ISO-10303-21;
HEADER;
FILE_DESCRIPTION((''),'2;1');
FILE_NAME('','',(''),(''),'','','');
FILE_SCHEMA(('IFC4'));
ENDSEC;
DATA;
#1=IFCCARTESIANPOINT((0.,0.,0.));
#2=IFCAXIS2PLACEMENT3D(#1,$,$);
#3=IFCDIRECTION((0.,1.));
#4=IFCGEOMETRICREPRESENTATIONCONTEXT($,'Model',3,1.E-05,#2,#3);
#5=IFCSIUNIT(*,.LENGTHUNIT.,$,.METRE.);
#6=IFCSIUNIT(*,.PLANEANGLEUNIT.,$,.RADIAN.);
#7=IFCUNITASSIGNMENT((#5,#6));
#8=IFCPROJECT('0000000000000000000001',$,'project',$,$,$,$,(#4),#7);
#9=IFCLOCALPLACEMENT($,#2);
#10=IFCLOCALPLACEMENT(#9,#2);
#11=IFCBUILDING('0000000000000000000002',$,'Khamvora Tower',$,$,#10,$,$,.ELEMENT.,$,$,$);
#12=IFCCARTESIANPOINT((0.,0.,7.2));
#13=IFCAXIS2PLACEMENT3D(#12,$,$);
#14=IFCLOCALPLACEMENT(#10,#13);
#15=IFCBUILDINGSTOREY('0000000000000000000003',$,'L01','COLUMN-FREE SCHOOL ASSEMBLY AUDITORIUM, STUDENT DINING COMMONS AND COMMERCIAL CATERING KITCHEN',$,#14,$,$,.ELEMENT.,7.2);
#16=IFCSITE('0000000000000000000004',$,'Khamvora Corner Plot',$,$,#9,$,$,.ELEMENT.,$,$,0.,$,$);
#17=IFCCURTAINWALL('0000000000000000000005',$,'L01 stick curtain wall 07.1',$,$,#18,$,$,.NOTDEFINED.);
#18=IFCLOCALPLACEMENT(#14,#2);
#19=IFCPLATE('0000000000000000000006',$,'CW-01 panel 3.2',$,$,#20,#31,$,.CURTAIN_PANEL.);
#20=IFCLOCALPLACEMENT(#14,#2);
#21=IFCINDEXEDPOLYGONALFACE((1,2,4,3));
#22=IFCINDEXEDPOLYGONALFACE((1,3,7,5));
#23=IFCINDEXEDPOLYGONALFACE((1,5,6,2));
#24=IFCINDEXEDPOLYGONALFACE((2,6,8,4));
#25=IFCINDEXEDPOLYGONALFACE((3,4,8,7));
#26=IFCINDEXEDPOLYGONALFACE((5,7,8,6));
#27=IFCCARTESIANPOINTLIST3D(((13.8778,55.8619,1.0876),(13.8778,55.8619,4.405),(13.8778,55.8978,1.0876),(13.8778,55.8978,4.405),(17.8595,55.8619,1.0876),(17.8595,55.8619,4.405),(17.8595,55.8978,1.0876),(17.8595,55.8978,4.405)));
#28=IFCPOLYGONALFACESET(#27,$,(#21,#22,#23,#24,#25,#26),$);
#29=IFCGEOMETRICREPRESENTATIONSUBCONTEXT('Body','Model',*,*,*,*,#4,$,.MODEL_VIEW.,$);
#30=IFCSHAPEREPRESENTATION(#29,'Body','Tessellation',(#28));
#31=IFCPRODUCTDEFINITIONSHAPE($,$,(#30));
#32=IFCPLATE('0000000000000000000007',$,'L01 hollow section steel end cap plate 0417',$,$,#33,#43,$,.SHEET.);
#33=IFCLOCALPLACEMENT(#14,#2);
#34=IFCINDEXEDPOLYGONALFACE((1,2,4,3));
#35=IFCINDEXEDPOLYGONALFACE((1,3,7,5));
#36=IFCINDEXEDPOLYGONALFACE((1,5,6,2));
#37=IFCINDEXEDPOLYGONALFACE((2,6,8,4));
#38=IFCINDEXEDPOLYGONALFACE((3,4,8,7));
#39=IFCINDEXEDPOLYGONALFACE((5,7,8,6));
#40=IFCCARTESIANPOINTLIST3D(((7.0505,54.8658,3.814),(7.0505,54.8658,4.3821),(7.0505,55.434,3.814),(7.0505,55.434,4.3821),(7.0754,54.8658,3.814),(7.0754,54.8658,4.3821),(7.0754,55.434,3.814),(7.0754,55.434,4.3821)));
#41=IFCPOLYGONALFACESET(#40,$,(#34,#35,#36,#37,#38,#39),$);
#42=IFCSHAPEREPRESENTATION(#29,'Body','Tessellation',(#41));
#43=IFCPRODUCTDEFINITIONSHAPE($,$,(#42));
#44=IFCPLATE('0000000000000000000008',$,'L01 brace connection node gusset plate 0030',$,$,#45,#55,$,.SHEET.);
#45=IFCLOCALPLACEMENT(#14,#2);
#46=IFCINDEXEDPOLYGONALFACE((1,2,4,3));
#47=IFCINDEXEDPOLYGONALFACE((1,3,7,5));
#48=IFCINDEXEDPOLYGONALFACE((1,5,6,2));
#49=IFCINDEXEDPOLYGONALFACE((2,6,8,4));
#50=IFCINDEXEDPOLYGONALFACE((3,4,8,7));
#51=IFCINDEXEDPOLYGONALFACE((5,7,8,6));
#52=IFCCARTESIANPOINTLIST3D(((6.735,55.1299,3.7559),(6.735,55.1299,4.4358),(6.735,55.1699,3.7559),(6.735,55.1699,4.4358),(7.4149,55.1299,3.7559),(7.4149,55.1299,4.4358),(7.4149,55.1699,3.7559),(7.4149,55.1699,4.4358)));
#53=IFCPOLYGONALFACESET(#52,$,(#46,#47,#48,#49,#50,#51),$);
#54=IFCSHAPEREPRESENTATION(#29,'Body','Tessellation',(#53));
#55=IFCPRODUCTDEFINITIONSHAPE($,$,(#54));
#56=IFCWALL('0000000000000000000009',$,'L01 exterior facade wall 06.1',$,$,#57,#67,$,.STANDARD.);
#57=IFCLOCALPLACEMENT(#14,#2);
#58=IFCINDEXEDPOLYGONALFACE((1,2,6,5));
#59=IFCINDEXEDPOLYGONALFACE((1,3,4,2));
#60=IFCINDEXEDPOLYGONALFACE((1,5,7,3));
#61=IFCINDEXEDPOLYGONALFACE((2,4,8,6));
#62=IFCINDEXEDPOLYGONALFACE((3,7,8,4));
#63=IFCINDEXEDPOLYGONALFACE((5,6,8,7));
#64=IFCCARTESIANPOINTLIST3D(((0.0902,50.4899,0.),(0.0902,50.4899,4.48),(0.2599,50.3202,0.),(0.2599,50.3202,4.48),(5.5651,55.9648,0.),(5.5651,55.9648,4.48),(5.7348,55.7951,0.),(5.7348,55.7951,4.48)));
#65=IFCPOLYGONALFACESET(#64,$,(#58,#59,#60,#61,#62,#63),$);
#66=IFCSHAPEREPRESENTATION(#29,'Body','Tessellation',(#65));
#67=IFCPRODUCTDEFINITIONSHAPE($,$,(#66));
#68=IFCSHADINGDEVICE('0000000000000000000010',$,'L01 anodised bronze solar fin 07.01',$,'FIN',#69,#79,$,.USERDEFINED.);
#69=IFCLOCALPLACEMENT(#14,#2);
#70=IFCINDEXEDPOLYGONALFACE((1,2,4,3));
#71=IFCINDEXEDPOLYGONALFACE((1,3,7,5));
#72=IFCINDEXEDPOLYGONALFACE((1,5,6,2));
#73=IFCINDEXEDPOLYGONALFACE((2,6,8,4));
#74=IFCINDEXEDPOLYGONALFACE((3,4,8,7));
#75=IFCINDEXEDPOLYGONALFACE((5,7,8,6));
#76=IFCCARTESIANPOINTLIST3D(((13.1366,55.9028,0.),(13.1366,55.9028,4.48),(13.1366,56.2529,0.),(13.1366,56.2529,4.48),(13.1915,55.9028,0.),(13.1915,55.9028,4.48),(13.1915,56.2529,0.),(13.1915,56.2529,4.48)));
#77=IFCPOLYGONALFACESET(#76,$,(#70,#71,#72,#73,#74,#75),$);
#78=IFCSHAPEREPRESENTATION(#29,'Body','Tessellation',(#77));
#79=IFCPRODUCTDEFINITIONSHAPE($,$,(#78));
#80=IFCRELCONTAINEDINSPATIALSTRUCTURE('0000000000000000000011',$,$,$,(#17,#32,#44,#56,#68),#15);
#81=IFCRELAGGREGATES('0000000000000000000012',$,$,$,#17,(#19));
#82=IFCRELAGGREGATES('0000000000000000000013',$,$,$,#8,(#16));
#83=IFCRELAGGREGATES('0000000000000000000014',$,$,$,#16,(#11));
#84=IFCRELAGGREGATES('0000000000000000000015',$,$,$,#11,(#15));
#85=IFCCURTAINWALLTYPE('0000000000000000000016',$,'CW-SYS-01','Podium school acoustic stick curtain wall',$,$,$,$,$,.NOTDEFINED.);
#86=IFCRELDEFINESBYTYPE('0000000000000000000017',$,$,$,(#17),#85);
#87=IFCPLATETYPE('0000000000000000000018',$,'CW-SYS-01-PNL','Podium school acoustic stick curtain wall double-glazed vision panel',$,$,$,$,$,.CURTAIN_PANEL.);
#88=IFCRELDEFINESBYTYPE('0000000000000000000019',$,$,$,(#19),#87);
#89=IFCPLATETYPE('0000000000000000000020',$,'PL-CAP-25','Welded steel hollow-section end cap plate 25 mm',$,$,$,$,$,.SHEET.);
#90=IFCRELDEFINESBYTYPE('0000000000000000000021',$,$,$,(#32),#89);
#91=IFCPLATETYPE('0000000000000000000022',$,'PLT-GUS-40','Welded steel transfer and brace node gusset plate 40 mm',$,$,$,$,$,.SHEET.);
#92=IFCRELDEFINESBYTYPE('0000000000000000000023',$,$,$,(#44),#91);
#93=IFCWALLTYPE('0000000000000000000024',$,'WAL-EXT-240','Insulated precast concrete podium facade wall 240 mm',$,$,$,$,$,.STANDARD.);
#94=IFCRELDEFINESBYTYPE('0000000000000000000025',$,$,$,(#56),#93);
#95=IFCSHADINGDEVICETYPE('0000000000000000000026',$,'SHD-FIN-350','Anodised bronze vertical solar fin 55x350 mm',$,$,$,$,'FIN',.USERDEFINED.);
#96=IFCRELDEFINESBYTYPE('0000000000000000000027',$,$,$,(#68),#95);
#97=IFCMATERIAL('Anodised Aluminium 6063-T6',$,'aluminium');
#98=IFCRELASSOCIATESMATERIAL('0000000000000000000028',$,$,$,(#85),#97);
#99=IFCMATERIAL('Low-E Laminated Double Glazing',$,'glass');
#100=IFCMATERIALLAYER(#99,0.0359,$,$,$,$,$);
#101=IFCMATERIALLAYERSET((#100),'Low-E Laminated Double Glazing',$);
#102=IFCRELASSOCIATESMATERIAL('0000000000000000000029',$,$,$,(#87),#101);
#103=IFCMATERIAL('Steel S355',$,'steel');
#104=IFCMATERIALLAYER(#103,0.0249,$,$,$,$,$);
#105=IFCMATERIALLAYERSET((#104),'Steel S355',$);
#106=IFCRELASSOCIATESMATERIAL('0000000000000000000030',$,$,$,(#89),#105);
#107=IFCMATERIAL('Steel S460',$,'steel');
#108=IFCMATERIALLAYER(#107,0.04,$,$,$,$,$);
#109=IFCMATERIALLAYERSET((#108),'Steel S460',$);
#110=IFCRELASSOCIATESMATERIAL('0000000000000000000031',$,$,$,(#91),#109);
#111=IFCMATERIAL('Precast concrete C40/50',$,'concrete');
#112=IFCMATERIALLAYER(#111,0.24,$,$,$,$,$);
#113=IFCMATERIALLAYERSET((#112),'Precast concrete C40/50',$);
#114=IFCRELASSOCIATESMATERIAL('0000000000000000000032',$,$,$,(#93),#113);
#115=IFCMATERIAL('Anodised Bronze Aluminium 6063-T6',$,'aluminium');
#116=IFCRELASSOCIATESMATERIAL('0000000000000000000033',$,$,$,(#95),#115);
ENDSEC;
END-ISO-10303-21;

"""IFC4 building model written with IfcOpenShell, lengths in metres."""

from ifc_helpers import new_model, si_unit, direction, frame, frame_2d, origin, origin_2d, place, context, subcontext, project, spatial, rectangle, extrude, material, layer, layer_set, type_object, element, aggregate, save


model = new_model("IFC4")

# Units and contexts
model_context = context("Model", 3, precision=1e-05, world=origin(), true_north=direction((0.0, 1.0)))
body_context = subcontext(model_context, "Body", "Model", "MODEL_VIEW")
ifc_project = project(units=[si_unit("LENGTHUNIT", "METRE"), si_unit("PLANEANGLEUNIT", "RADIAN")], contexts=[model_context])

# Site, building, storey
site_placement = place(None, origin())
site = spatial("IfcSite", under=ifc_project, at=site_placement, Name="Khamvora Corner Plot", CompositionType="ELEMENT", RefElevation=0.0)
building_placement = place(site_placement, origin())
building = spatial("IfcBuilding", under=site, at=building_placement, Name="Khamvora Tower", CompositionType="ELEMENT")
storey_placement = place(building_placement, frame((0.0, 0.0, 7.2)))
storey = spatial("IfcBuildingStorey", under=building, at=storey_placement, Name="L01", Description="COLUMN-FREE SCHOOL ASSEMBLY AUDITORIUM, STUDENT DINING COMMONS AND COMMERCIAL CATERING KITCHEN", CompositionType="ELEMENT", Elevation=7.2)

# Shared definitions
ifc_material_1 = material(Name="Steel S460", Category="steel")

# Shared definitions
ifc_material_2 = material(Name="Steel S355", Category="steel")

# Curtain wall, plate
ifc_material_3 = material(Name="Anodised Aluminium 6063-T6", Category="aluminium")
curtain_wall_type = type_object("IfcCurtainWallType", Name="CW-SYS-01", Description="Podium school acoustic stick curtain wall", PredefinedType="NOTDEFINED", material=ifc_material_3)
curtain_wall_placement = place(storey_placement, origin())
curtain_wall = element("IfcCurtainWall", 1, at=curtain_wall_placement, inside=storey, type_object=curtain_wall_type, Name="L01 stick curtain wall 07.1", PredefinedType="NOTDEFINED")
ifc_material_4 = material(Name="Low-E Laminated Double Glazing", Category="glass")
ifc_layer_1 = layer(ifc_material_4, 0.0359)
ifc_layer_set_1 = layer_set([ifc_layer_1], Name="Low-E Laminated Double Glazing")
plate_type_1 = type_object("IfcPlateType", Name="CW-SYS-01-PNL", Description="Podium school acoustic stick curtain wall double-glazed vision panel", PredefinedType="CURTAIN_PANEL", material=ifc_layer_set_1)
plate_1_placement = place(storey_placement, frame((15.8687, 55.8799, 1.0876), z_axis=(0.0, 0.0, 1.0), x_axis=(1.0, 0.0, 0.0)))
plate_1 = element("IfcPlate", 2, at=plate_1_placement, type_object=plate_type_1, Name="CW-01 panel 3.2", PredefinedType="CURTAIN_PANEL", context=body_context, shape_type="SweptSolid", body=[
    extrude(rectangle(XDim=3.9817, YDim=0.0359, at=origin_2d()), origin(), (0.0, 0.0, 1.0), 3.3174),
])
aggregate(curtain_wall, [plate_1])

# Plates
ifc_layer_2 = layer(ifc_material_2, 0.0249)
ifc_layer_set_2 = layer_set([ifc_layer_2], Name="Steel S355")
plate_type_2 = type_object("IfcPlateType", Name="PL-CAP-25", Description="Welded steel hollow-section end cap plate 25 mm", PredefinedType="SHEET", material=ifc_layer_set_2)
plate_2_placement = place(storey_placement, frame((7.063, 55.1499, 3.814), z_axis=(0.0, 0.0, 1.0), x_axis=(-1.0, 0.0, 0.0)))
element("IfcPlate", 3, at=plate_2_placement, inside=storey, type_object=plate_type_2, Name="L01 hollow section steel end cap plate 0417", PredefinedType="SHEET", context=body_context, shape_type="SweptSolid", body=[
    extrude(rectangle(XDim=0.0249, YDim=0.5681, at=origin_2d()), origin(), (0.0, 0.0, 1.0), 0.5681),
])
ifc_layer_3 = layer(ifc_material_1, 0.04)
ifc_layer_set_3 = layer_set([ifc_layer_3], Name="Steel S460")
plate_type_3 = type_object("IfcPlateType", Name="PLT-GUS-40", Description="Welded steel transfer and brace node gusset plate 40 mm", PredefinedType="SHEET", material=ifc_layer_set_3)
plate_3_placement = place(storey_placement, frame((7.075, 55.1499, 3.7559), z_axis=(0.0, 0.0, 1.0), x_axis=(1.0, 0.0, 0.0)))
element("IfcPlate", 4, at=plate_3_placement, inside=storey, type_object=plate_type_3, Name="L01 brace connection node gusset plate 0030", PredefinedType="SHEET", context=body_context, shape_type="SweptSolid", body=[
    extrude(rectangle(XDim=0.6799, YDim=0.04, at=origin_2d()), origin(), (0.0, 0.0, 1.0), 0.6799),
])

# Wall
ifc_material_5 = material(Name="Precast concrete C40/50", Category="concrete")
ifc_layer_4 = layer(ifc_material_5, 0.24)
ifc_layer_set_4 = layer_set([ifc_layer_4], Name="Precast concrete C40/50")
wall_type = type_object("IfcWallType", Name="WAL-EXT-240", Description="Insulated precast concrete podium facade wall 240 mm", PredefinedType="STANDARD", material=ifc_layer_set_4)
wall_placement = place(storey_placement, frame((0.175, 50.405, 0.0), z_axis=(0.0, 0.0, 1.0), x_axis=(0.707107, 0.707107, 0.0)))
element("IfcWall", 5, at=wall_placement, inside=storey, type_object=wall_type, Name="L01 exterior facade wall 06.1", PredefinedType="STANDARD", context=body_context, shape_type="SweptSolid", body=[
    extrude(rectangle(XDim=7.7427, YDim=0.24, at=frame_2d((3.8713, 0.0))), origin(), (0.0, 0.0, 1.0), 4.48),
])

# Shading device
ifc_material_6 = material(Name="Anodised Bronze Aluminium 6063-T6", Category="aluminium")
shading_device_type = type_object("IfcShadingDeviceType", Name="SHD-FIN-350", Description="Anodised bronze vertical solar fin 55x350 mm", ElementType="FIN", PredefinedType="USERDEFINED", material=ifc_material_6)
shading_device_placement = place(storey_placement, frame((13.1641, 56.0779, 0.0), z_axis=(0.0, 0.0, 1.0), x_axis=(1.0, 0.0, 0.0)))
element("IfcShadingDevice", 6, at=shading_device_placement, inside=storey, type_object=shading_device_type, Name="L01 anodised bronze solar fin 07.01", ObjectType="FIN", PredefinedType="USERDEFINED", context=body_context, shape_type="SweptSolid", body=[
    extrude(rectangle(XDim=0.0549, YDim=0.3501, at=origin_2d()), origin(), (0.0, 0.0, 1.0), 4.48),
])

save(model, "model.ifc")
